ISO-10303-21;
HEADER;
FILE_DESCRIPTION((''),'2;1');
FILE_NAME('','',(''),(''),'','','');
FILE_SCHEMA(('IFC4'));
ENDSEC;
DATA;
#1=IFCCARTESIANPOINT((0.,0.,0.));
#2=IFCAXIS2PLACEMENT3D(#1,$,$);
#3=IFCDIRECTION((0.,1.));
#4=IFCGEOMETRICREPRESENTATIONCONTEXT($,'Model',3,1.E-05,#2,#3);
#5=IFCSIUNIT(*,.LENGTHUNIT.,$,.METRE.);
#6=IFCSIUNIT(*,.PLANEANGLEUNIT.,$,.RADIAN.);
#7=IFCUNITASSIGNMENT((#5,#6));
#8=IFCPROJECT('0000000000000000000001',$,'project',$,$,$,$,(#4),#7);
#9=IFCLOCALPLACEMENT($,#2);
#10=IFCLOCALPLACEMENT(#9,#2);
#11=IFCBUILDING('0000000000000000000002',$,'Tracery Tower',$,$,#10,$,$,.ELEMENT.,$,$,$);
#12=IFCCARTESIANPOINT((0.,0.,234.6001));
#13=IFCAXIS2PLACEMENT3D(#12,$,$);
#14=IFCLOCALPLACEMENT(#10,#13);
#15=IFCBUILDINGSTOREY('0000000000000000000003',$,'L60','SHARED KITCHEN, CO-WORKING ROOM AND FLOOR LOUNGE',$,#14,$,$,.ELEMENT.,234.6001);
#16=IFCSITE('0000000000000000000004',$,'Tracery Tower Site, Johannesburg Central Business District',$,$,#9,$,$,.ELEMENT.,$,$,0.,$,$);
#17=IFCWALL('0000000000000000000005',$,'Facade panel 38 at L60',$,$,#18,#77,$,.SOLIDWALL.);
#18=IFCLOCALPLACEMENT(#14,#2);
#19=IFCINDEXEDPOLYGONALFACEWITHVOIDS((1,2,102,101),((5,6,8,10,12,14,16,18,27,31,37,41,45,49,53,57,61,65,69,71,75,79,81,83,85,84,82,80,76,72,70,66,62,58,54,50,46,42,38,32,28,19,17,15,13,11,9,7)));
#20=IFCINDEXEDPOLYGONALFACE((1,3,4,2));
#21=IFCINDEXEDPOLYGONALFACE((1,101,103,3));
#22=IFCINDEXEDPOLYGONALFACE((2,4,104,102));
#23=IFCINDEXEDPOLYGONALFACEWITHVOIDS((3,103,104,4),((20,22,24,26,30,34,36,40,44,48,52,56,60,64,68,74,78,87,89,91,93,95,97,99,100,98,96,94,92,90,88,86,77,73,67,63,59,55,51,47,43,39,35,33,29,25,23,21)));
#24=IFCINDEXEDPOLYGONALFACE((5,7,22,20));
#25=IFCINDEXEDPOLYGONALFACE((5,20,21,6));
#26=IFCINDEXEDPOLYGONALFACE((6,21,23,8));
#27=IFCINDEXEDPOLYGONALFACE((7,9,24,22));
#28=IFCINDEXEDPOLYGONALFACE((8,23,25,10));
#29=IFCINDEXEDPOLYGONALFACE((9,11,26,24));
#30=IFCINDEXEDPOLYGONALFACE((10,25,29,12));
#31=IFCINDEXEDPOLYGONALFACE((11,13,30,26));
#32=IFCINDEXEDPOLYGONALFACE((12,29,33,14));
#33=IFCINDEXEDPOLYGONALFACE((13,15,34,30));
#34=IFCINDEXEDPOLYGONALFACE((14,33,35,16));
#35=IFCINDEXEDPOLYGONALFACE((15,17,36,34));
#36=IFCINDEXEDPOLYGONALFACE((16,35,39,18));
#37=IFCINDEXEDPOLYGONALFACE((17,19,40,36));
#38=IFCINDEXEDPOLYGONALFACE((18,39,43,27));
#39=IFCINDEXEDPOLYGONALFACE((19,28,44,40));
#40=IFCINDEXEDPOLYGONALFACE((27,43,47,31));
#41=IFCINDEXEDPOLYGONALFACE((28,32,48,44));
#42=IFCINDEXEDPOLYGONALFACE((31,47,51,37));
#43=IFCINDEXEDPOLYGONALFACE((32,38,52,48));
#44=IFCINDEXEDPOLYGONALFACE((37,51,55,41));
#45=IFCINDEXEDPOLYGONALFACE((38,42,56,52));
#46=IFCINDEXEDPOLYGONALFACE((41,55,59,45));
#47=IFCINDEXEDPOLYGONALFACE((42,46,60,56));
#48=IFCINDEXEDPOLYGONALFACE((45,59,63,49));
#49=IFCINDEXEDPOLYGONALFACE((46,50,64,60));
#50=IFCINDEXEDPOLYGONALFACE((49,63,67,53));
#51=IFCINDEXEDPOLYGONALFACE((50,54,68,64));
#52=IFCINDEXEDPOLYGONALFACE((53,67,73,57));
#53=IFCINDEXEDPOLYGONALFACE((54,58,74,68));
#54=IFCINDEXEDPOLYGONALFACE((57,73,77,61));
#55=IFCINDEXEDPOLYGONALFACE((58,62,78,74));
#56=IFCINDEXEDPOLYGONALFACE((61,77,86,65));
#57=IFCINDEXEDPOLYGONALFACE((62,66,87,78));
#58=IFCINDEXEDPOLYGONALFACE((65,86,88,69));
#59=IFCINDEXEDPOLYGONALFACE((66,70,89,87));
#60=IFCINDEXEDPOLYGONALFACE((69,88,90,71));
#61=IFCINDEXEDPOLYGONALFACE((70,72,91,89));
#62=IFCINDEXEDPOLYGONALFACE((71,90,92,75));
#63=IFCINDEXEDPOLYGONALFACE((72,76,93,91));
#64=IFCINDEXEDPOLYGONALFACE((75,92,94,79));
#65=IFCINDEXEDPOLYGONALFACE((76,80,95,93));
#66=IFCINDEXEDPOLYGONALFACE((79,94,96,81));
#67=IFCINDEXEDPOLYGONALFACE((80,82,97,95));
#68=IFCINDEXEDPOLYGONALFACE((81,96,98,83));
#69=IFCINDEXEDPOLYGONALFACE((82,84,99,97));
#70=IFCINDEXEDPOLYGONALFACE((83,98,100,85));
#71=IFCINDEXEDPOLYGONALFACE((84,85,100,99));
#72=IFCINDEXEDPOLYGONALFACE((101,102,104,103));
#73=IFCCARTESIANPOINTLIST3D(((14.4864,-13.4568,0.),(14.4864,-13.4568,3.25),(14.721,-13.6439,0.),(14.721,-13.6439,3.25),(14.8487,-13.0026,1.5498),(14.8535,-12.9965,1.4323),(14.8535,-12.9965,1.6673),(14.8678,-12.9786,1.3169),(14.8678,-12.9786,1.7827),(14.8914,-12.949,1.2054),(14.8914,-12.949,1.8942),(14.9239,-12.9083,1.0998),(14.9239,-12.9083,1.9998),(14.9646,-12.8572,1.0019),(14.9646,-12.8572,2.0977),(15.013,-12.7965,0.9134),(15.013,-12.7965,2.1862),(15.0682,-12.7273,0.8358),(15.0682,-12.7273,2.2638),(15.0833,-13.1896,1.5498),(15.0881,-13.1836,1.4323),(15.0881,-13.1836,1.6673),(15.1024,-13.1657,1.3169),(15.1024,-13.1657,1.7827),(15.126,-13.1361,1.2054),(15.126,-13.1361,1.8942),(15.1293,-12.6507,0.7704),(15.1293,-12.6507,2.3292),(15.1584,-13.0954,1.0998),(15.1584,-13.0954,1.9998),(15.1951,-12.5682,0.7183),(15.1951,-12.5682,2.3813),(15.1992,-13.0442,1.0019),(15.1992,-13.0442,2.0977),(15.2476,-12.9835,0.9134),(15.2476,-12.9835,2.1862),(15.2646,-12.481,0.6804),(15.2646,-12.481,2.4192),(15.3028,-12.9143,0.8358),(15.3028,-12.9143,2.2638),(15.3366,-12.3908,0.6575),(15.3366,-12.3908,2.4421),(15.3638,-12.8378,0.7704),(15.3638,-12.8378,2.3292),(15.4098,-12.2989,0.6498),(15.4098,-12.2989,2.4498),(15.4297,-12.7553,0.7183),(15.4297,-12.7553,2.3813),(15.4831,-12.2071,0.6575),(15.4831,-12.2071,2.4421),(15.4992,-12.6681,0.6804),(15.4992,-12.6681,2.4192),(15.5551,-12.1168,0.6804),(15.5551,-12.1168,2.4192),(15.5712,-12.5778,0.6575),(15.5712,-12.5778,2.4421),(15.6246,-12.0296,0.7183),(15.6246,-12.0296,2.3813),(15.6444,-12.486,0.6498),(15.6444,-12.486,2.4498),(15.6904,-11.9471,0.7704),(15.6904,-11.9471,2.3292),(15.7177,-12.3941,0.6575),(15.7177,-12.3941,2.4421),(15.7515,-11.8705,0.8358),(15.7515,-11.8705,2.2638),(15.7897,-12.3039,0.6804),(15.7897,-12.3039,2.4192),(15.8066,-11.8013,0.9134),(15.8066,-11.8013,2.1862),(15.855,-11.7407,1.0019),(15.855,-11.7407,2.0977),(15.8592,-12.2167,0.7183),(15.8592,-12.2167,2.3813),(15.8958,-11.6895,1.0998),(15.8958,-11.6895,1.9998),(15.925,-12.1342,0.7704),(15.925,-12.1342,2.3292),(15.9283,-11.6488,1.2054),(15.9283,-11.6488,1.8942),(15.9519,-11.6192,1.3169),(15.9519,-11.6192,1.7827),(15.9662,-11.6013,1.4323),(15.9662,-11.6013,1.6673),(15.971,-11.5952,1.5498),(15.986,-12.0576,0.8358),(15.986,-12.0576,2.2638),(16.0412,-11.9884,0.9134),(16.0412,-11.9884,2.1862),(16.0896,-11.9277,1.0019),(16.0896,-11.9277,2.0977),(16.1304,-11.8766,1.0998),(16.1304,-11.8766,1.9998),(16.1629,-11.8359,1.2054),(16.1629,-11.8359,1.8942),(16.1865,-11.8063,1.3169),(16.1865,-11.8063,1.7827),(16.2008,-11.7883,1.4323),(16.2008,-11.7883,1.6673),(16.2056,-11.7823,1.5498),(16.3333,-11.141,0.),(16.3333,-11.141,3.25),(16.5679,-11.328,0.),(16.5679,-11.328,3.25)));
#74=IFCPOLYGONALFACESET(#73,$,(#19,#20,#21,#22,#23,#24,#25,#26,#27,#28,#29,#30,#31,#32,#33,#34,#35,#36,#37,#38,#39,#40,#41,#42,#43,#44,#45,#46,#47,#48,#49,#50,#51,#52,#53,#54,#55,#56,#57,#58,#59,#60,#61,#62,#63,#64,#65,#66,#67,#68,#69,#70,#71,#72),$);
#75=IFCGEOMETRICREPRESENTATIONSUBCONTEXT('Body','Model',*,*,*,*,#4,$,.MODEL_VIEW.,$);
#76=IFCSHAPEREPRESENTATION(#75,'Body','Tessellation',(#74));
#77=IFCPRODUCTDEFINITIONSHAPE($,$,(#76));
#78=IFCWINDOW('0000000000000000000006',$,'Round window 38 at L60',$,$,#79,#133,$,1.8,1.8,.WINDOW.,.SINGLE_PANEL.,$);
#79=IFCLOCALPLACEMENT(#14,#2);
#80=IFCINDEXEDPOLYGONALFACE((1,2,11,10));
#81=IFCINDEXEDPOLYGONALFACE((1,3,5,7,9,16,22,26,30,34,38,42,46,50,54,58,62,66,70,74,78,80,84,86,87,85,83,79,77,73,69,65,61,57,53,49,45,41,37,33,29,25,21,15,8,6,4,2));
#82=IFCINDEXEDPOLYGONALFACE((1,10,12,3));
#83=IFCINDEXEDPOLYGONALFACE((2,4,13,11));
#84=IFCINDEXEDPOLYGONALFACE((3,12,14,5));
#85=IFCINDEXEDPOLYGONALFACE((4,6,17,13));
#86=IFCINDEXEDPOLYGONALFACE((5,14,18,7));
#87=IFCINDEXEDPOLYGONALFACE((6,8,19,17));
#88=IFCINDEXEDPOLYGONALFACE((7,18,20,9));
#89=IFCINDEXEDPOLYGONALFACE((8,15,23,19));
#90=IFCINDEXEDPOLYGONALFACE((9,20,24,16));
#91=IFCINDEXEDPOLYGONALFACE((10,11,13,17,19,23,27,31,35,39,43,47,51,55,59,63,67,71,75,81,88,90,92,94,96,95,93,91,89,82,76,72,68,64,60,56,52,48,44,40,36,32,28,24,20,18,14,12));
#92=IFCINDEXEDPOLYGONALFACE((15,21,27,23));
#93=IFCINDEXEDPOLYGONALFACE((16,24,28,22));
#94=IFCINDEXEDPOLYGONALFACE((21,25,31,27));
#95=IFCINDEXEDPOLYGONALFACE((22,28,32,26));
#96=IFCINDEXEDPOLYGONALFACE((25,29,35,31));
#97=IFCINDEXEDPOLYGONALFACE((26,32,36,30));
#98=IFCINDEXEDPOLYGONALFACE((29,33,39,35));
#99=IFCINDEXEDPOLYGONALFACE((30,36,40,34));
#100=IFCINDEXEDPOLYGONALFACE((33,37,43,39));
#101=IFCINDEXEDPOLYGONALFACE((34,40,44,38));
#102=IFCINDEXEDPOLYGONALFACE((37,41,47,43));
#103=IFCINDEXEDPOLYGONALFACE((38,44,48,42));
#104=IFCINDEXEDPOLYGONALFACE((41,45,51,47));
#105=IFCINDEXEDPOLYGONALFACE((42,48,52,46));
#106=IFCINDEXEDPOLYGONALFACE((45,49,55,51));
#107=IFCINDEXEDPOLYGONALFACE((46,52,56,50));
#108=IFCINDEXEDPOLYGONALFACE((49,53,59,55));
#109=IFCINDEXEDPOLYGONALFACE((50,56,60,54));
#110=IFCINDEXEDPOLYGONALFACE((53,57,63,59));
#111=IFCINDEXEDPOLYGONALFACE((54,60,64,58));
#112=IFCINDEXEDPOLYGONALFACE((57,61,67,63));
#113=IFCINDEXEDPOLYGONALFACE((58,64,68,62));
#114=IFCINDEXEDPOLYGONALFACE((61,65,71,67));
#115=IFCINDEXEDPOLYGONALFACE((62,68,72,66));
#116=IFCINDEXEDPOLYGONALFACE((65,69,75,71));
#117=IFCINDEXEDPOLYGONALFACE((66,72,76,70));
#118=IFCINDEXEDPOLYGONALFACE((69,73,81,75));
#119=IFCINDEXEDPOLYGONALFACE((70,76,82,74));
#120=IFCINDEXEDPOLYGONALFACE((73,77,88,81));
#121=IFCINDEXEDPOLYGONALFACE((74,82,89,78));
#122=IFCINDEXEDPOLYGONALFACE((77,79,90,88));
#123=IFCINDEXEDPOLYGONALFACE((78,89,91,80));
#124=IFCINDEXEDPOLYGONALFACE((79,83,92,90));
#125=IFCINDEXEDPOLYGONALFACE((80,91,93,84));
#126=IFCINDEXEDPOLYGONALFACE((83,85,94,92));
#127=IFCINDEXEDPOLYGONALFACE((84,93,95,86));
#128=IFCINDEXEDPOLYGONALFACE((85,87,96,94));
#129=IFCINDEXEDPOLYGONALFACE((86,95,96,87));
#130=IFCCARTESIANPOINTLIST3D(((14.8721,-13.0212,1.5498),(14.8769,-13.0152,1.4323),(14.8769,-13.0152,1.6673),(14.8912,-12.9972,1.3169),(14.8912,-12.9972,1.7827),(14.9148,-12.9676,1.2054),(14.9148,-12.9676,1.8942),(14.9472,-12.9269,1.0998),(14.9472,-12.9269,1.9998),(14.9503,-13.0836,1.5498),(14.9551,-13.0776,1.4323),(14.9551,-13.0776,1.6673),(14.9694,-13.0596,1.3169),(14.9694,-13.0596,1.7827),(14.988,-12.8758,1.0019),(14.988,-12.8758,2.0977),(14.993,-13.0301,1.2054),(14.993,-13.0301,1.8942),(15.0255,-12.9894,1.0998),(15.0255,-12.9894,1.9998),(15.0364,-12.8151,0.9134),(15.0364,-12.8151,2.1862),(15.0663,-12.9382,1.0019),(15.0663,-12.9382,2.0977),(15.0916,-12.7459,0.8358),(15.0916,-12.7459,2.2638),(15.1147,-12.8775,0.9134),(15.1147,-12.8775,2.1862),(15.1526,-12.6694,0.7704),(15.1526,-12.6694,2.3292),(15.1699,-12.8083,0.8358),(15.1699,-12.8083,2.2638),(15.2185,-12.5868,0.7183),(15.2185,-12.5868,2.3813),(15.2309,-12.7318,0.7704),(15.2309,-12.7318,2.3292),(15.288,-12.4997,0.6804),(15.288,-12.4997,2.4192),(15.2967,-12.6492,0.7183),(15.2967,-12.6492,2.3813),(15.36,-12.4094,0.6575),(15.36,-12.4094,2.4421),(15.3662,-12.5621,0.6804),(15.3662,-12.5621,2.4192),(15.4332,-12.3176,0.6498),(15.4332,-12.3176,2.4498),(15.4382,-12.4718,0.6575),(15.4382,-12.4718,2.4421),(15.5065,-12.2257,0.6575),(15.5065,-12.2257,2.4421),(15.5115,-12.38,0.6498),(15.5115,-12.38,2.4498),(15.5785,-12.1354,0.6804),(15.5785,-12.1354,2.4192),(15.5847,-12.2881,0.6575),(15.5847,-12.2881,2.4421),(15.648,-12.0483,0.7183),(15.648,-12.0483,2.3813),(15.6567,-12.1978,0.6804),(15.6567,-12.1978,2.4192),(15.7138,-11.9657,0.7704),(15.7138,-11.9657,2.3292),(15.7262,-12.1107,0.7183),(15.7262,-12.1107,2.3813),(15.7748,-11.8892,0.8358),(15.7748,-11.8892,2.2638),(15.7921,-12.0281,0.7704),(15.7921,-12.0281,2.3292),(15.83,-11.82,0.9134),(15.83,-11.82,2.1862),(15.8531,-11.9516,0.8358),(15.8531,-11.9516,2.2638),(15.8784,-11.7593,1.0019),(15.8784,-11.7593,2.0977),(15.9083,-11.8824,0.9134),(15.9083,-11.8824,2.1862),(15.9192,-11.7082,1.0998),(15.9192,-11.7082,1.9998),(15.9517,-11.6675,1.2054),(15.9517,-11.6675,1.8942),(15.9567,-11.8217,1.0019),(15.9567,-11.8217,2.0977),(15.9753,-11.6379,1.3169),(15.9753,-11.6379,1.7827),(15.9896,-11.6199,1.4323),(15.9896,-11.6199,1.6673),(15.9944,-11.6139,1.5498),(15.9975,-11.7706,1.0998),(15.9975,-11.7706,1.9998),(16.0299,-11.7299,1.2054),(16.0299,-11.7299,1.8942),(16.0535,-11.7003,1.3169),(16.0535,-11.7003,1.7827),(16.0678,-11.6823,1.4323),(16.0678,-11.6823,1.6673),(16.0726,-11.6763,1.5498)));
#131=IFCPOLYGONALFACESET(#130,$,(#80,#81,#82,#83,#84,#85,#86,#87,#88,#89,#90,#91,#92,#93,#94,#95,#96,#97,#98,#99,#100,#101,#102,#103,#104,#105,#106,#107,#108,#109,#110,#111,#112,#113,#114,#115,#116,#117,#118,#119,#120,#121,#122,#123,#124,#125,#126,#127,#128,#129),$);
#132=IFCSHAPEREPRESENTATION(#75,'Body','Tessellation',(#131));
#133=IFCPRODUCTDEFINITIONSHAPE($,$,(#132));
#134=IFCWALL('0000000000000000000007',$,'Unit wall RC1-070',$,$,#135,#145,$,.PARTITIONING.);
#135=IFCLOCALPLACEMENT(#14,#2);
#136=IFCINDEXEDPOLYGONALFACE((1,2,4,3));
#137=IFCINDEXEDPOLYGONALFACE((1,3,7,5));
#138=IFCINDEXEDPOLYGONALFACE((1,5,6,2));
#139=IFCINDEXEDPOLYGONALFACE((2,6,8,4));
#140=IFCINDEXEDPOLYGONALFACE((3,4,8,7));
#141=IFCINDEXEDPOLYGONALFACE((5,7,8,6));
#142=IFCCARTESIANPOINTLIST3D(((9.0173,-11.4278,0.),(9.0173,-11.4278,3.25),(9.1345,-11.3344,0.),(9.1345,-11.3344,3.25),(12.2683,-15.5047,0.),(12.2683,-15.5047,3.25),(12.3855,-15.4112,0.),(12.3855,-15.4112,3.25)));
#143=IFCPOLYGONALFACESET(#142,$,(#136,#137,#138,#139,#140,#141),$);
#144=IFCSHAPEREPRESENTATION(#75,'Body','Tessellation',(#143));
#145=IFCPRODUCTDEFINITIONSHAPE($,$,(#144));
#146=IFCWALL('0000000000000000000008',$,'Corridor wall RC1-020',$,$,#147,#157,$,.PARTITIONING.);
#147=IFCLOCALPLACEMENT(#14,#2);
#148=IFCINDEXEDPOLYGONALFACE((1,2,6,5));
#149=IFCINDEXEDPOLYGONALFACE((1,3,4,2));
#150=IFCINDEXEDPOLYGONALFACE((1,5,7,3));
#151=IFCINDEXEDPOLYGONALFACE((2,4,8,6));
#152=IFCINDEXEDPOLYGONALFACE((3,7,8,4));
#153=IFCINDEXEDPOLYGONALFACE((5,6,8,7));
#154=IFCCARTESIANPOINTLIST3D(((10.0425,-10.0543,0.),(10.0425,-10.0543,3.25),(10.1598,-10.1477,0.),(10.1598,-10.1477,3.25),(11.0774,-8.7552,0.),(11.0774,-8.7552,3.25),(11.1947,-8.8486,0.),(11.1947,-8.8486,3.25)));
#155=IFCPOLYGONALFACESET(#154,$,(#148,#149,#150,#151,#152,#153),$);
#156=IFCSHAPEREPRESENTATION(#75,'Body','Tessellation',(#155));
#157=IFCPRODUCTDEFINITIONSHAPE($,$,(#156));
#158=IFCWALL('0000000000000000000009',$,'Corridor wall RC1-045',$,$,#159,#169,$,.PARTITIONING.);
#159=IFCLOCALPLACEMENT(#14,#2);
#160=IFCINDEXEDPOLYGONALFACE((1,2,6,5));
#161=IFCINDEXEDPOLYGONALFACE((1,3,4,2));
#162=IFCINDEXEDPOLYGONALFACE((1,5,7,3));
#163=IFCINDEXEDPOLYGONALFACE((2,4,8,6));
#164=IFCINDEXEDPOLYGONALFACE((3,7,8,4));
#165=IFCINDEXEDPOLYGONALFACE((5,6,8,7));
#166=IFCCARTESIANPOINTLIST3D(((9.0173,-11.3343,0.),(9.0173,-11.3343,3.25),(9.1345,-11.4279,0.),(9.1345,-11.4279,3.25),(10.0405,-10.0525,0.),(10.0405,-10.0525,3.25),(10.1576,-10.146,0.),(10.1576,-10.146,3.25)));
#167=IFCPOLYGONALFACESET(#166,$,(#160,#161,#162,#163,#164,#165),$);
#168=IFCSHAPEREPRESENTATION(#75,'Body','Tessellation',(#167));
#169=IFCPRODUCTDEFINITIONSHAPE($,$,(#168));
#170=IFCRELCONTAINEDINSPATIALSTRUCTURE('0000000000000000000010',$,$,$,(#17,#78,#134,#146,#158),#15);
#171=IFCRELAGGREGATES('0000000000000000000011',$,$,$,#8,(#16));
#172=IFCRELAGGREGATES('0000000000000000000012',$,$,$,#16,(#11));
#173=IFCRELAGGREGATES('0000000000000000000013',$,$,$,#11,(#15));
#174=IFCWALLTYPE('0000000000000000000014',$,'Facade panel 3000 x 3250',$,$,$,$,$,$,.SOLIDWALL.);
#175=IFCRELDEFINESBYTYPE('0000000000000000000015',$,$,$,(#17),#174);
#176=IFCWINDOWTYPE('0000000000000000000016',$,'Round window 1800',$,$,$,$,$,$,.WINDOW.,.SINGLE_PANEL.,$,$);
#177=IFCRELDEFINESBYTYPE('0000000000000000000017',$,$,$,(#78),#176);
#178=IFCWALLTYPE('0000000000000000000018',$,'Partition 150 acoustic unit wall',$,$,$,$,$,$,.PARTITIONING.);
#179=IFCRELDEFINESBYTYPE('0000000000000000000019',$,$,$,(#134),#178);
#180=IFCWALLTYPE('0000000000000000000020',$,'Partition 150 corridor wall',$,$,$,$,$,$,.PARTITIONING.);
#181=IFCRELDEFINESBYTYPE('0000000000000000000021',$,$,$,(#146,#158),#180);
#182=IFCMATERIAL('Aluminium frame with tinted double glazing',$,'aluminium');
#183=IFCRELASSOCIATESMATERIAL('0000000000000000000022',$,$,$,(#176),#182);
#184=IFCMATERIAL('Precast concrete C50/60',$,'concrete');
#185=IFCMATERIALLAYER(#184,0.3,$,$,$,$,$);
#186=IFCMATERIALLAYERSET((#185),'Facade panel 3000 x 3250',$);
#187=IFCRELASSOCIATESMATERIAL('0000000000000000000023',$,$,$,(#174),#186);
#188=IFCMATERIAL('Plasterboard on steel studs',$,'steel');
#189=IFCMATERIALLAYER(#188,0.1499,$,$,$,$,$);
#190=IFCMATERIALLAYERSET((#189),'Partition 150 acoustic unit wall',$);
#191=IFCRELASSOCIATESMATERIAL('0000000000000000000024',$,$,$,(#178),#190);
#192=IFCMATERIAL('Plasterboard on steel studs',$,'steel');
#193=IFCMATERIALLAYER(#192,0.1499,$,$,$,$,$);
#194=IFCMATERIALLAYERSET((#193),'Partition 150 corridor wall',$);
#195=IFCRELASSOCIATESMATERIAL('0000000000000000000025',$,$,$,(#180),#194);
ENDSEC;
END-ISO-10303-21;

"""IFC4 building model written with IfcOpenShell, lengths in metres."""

from ifc_helpers import new_model, si_unit, direction, frame, frame_2d, origin, origin_2d, place, context, subcontext, project, spatial, rectangle, circle, extrude, material, layer, layer_set, type_object, element, fill, save


model = new_model("IFC4")

# Units and contexts
model_context = context("Model", 3, precision=1e-05, world=origin(), true_north=direction((0.0, 1.0)))
body_context = subcontext(model_context, "Body", "Model", "MODEL_VIEW")
ifc_project = project(units=[si_unit("LENGTHUNIT", "METRE"), si_unit("PLANEANGLEUNIT", "RADIAN")], contexts=[model_context])

# Site, building, storey
site_placement = place(None, origin())
site = spatial("IfcSite", under=ifc_project, at=site_placement, Name="Tracery Tower Site, Johannesburg Central Business District", CompositionType="ELEMENT", RefElevation=0.0)
building_placement = place(site_placement, origin())
building = spatial("IfcBuilding", under=site, at=building_placement, Name="Tracery Tower", CompositionType="ELEMENT")
storey_placement = place(building_placement, frame((0.0, 0.0, 234.6001)))
storey = spatial("IfcBuildingStorey", under=building, at=storey_placement, Name="L60", Description="SHARED KITCHEN, CO-WORKING ROOM AND FLOOR LOUNGE", CompositionType="ELEMENT", Elevation=234.6001)

# Wall, opening, window
ifc_material_1 = material(Name="Aluminium frame with tinted double glazing", Category="aluminium")
window_type = type_object("IfcWindowType", Name="Round window 1800", PartitioningType="SINGLE_PANEL", PredefinedType="WINDOW", material=ifc_material_1)
ifc_material_2 = material(Name="Precast concrete C50/60", Category="concrete")
ifc_layer_1 = layer(ifc_material_2, 0.3)
ifc_layer_set_1 = layer_set([ifc_layer_1], Name="Facade panel 3000 x 3250")
wall_type_1 = type_object("IfcWallType", Name="Facade panel 3000 x 3250", PredefinedType="SOLIDWALL", material=ifc_layer_set_1)
wall_1_placement = place(storey_placement, frame((14.6038, -13.5503, 0.0), z_axis=(0.0, 0.0, 1.0), x_axis=(0.623498, 0.781825, 0.0)))
wall_1 = element("IfcWall", 1, at=wall_1_placement, inside=storey, type_object=wall_type_1, Name="Facade panel 38 at L60", PredefinedType="SOLIDWALL", context=body_context, shape_type="SweptSolid", body=[
    extrude(rectangle(XDim=2.9622, YDim=0.3, at=frame_2d((1.481, 0.0))), origin(), (0.0, 0.0, 1.0), 3.25),
])
opening_1_placement = place(wall_1_placement, frame((1.481, 0.0, 1.5498)))
opening_1 = element("IfcOpeningElement", 2, at=opening_1_placement, cuts=wall_1, PredefinedType="OPENING", context=body_context, shape_type="SweptSolid", body=[
    extrude(circle(Radius=0.9, at=origin_2d()), frame((0.0, 0.1599, 0.0), z_axis=(0.0, -1.0, 0.0), x_axis=(1.0, 0.0, 0.0)), (0.0, 0.0, 1.0), 0.3201),
])
window_1_placement = place(opening_1_placement, origin())
window_1 = element("IfcWindow", 3, at=window_1_placement, inside=storey, type_object=window_type, Name="Round window 38 at L60", OverallHeight=1.8, OverallWidth=1.8, PartitioningType="SINGLE_PANEL", PredefinedType="WINDOW", context=body_context, shape_type="SweptSolid", body=[
    extrude(circle(Radius=0.9, at=origin_2d()), frame((0.0, 0.1201, 0.0), z_axis=(0.0, -1.0, 0.0), x_axis=(1.0, 0.0, 0.0)), (0.0, 0.0, 1.0), 0.1001),
])
fill(opening_1, window_1)

# Walls
ifc_material_3 = material(Name="Plasterboard on steel studs", Category="steel")
ifc_layer_2 = layer(ifc_material_3, 0.1499)
ifc_layer_set_2 = layer_set([ifc_layer_2], Name="Partition 150 acoustic unit wall")
wall_type_2 = type_object("IfcWallType", Name="Partition 150 acoustic unit wall", PredefinedType="PARTITIONING", material=ifc_layer_set_2)
wall_2_placement = place(storey_placement, frame((9.0759, -11.3811, 0.0), z_axis=(0.0, 0.0, 1.0), x_axis=(0.623461, -0.781854, 0.0)))
element("IfcWall", 4, at=wall_2_placement, inside=storey, type_object=wall_type_2, Name="Unit wall RC1-070", PredefinedType="PARTITIONING", context=body_context, shape_type="SweptSolid", body=[
    extrude(rectangle(XDim=5.2144, YDim=0.1499, at=frame_2d((2.6072, 0.0))), origin(), (0.0, 0.0, 1.0), 3.25),
])
ifc_material_4 = material(Name="Plasterboard on steel studs", Category="steel")
ifc_layer_3 = layer(ifc_material_4, 0.1499)
ifc_layer_set_3 = layer_set([ifc_layer_3], Name="Partition 150 corridor wall")
wall_type_3 = type_object("IfcWallType", Name="Partition 150 corridor wall", PredefinedType="PARTITIONING", material=ifc_layer_set_3)
wall_3_placement = place(storey_placement, frame((10.1011, -10.1011, 0.0), z_axis=(0.0, 0.0, 1.0), x_axis=(0.623098, 0.782143, 0.0)))
element("IfcWall", 5, at=wall_3_placement, inside=storey, type_object=wall_type_3, Name="Corridor wall RC1-020", PredefinedType="PARTITIONING", context=body_context, shape_type="SweptSolid", body=[
    extrude(rectangle(XDim=1.6609, YDim=0.1499, at=frame_2d((0.8306, 0.0))), origin(), (0.0, 0.0, 1.0), 3.25),
])
wall_4_placement = place(storey_placement, frame((9.0759, -11.3811, 0.0), z_axis=(0.0, 0.0, 1.0), x_axis=(0.623805, 0.78158, 0.0)))
element("IfcWall", 6, at=wall_4_placement, inside=storey, type_object=wall_type_3, Name="Corridor wall RC1-045", PredefinedType="PARTITIONING", context=body_context, shape_type="SweptSolid", body=[
    extrude(rectangle(XDim=1.6401, YDim=0.1499, at=frame_2d((0.8201, 0.0))), origin(), (0.0, 0.0, 1.0), 3.25),
])

save(model, "model.ifc")
